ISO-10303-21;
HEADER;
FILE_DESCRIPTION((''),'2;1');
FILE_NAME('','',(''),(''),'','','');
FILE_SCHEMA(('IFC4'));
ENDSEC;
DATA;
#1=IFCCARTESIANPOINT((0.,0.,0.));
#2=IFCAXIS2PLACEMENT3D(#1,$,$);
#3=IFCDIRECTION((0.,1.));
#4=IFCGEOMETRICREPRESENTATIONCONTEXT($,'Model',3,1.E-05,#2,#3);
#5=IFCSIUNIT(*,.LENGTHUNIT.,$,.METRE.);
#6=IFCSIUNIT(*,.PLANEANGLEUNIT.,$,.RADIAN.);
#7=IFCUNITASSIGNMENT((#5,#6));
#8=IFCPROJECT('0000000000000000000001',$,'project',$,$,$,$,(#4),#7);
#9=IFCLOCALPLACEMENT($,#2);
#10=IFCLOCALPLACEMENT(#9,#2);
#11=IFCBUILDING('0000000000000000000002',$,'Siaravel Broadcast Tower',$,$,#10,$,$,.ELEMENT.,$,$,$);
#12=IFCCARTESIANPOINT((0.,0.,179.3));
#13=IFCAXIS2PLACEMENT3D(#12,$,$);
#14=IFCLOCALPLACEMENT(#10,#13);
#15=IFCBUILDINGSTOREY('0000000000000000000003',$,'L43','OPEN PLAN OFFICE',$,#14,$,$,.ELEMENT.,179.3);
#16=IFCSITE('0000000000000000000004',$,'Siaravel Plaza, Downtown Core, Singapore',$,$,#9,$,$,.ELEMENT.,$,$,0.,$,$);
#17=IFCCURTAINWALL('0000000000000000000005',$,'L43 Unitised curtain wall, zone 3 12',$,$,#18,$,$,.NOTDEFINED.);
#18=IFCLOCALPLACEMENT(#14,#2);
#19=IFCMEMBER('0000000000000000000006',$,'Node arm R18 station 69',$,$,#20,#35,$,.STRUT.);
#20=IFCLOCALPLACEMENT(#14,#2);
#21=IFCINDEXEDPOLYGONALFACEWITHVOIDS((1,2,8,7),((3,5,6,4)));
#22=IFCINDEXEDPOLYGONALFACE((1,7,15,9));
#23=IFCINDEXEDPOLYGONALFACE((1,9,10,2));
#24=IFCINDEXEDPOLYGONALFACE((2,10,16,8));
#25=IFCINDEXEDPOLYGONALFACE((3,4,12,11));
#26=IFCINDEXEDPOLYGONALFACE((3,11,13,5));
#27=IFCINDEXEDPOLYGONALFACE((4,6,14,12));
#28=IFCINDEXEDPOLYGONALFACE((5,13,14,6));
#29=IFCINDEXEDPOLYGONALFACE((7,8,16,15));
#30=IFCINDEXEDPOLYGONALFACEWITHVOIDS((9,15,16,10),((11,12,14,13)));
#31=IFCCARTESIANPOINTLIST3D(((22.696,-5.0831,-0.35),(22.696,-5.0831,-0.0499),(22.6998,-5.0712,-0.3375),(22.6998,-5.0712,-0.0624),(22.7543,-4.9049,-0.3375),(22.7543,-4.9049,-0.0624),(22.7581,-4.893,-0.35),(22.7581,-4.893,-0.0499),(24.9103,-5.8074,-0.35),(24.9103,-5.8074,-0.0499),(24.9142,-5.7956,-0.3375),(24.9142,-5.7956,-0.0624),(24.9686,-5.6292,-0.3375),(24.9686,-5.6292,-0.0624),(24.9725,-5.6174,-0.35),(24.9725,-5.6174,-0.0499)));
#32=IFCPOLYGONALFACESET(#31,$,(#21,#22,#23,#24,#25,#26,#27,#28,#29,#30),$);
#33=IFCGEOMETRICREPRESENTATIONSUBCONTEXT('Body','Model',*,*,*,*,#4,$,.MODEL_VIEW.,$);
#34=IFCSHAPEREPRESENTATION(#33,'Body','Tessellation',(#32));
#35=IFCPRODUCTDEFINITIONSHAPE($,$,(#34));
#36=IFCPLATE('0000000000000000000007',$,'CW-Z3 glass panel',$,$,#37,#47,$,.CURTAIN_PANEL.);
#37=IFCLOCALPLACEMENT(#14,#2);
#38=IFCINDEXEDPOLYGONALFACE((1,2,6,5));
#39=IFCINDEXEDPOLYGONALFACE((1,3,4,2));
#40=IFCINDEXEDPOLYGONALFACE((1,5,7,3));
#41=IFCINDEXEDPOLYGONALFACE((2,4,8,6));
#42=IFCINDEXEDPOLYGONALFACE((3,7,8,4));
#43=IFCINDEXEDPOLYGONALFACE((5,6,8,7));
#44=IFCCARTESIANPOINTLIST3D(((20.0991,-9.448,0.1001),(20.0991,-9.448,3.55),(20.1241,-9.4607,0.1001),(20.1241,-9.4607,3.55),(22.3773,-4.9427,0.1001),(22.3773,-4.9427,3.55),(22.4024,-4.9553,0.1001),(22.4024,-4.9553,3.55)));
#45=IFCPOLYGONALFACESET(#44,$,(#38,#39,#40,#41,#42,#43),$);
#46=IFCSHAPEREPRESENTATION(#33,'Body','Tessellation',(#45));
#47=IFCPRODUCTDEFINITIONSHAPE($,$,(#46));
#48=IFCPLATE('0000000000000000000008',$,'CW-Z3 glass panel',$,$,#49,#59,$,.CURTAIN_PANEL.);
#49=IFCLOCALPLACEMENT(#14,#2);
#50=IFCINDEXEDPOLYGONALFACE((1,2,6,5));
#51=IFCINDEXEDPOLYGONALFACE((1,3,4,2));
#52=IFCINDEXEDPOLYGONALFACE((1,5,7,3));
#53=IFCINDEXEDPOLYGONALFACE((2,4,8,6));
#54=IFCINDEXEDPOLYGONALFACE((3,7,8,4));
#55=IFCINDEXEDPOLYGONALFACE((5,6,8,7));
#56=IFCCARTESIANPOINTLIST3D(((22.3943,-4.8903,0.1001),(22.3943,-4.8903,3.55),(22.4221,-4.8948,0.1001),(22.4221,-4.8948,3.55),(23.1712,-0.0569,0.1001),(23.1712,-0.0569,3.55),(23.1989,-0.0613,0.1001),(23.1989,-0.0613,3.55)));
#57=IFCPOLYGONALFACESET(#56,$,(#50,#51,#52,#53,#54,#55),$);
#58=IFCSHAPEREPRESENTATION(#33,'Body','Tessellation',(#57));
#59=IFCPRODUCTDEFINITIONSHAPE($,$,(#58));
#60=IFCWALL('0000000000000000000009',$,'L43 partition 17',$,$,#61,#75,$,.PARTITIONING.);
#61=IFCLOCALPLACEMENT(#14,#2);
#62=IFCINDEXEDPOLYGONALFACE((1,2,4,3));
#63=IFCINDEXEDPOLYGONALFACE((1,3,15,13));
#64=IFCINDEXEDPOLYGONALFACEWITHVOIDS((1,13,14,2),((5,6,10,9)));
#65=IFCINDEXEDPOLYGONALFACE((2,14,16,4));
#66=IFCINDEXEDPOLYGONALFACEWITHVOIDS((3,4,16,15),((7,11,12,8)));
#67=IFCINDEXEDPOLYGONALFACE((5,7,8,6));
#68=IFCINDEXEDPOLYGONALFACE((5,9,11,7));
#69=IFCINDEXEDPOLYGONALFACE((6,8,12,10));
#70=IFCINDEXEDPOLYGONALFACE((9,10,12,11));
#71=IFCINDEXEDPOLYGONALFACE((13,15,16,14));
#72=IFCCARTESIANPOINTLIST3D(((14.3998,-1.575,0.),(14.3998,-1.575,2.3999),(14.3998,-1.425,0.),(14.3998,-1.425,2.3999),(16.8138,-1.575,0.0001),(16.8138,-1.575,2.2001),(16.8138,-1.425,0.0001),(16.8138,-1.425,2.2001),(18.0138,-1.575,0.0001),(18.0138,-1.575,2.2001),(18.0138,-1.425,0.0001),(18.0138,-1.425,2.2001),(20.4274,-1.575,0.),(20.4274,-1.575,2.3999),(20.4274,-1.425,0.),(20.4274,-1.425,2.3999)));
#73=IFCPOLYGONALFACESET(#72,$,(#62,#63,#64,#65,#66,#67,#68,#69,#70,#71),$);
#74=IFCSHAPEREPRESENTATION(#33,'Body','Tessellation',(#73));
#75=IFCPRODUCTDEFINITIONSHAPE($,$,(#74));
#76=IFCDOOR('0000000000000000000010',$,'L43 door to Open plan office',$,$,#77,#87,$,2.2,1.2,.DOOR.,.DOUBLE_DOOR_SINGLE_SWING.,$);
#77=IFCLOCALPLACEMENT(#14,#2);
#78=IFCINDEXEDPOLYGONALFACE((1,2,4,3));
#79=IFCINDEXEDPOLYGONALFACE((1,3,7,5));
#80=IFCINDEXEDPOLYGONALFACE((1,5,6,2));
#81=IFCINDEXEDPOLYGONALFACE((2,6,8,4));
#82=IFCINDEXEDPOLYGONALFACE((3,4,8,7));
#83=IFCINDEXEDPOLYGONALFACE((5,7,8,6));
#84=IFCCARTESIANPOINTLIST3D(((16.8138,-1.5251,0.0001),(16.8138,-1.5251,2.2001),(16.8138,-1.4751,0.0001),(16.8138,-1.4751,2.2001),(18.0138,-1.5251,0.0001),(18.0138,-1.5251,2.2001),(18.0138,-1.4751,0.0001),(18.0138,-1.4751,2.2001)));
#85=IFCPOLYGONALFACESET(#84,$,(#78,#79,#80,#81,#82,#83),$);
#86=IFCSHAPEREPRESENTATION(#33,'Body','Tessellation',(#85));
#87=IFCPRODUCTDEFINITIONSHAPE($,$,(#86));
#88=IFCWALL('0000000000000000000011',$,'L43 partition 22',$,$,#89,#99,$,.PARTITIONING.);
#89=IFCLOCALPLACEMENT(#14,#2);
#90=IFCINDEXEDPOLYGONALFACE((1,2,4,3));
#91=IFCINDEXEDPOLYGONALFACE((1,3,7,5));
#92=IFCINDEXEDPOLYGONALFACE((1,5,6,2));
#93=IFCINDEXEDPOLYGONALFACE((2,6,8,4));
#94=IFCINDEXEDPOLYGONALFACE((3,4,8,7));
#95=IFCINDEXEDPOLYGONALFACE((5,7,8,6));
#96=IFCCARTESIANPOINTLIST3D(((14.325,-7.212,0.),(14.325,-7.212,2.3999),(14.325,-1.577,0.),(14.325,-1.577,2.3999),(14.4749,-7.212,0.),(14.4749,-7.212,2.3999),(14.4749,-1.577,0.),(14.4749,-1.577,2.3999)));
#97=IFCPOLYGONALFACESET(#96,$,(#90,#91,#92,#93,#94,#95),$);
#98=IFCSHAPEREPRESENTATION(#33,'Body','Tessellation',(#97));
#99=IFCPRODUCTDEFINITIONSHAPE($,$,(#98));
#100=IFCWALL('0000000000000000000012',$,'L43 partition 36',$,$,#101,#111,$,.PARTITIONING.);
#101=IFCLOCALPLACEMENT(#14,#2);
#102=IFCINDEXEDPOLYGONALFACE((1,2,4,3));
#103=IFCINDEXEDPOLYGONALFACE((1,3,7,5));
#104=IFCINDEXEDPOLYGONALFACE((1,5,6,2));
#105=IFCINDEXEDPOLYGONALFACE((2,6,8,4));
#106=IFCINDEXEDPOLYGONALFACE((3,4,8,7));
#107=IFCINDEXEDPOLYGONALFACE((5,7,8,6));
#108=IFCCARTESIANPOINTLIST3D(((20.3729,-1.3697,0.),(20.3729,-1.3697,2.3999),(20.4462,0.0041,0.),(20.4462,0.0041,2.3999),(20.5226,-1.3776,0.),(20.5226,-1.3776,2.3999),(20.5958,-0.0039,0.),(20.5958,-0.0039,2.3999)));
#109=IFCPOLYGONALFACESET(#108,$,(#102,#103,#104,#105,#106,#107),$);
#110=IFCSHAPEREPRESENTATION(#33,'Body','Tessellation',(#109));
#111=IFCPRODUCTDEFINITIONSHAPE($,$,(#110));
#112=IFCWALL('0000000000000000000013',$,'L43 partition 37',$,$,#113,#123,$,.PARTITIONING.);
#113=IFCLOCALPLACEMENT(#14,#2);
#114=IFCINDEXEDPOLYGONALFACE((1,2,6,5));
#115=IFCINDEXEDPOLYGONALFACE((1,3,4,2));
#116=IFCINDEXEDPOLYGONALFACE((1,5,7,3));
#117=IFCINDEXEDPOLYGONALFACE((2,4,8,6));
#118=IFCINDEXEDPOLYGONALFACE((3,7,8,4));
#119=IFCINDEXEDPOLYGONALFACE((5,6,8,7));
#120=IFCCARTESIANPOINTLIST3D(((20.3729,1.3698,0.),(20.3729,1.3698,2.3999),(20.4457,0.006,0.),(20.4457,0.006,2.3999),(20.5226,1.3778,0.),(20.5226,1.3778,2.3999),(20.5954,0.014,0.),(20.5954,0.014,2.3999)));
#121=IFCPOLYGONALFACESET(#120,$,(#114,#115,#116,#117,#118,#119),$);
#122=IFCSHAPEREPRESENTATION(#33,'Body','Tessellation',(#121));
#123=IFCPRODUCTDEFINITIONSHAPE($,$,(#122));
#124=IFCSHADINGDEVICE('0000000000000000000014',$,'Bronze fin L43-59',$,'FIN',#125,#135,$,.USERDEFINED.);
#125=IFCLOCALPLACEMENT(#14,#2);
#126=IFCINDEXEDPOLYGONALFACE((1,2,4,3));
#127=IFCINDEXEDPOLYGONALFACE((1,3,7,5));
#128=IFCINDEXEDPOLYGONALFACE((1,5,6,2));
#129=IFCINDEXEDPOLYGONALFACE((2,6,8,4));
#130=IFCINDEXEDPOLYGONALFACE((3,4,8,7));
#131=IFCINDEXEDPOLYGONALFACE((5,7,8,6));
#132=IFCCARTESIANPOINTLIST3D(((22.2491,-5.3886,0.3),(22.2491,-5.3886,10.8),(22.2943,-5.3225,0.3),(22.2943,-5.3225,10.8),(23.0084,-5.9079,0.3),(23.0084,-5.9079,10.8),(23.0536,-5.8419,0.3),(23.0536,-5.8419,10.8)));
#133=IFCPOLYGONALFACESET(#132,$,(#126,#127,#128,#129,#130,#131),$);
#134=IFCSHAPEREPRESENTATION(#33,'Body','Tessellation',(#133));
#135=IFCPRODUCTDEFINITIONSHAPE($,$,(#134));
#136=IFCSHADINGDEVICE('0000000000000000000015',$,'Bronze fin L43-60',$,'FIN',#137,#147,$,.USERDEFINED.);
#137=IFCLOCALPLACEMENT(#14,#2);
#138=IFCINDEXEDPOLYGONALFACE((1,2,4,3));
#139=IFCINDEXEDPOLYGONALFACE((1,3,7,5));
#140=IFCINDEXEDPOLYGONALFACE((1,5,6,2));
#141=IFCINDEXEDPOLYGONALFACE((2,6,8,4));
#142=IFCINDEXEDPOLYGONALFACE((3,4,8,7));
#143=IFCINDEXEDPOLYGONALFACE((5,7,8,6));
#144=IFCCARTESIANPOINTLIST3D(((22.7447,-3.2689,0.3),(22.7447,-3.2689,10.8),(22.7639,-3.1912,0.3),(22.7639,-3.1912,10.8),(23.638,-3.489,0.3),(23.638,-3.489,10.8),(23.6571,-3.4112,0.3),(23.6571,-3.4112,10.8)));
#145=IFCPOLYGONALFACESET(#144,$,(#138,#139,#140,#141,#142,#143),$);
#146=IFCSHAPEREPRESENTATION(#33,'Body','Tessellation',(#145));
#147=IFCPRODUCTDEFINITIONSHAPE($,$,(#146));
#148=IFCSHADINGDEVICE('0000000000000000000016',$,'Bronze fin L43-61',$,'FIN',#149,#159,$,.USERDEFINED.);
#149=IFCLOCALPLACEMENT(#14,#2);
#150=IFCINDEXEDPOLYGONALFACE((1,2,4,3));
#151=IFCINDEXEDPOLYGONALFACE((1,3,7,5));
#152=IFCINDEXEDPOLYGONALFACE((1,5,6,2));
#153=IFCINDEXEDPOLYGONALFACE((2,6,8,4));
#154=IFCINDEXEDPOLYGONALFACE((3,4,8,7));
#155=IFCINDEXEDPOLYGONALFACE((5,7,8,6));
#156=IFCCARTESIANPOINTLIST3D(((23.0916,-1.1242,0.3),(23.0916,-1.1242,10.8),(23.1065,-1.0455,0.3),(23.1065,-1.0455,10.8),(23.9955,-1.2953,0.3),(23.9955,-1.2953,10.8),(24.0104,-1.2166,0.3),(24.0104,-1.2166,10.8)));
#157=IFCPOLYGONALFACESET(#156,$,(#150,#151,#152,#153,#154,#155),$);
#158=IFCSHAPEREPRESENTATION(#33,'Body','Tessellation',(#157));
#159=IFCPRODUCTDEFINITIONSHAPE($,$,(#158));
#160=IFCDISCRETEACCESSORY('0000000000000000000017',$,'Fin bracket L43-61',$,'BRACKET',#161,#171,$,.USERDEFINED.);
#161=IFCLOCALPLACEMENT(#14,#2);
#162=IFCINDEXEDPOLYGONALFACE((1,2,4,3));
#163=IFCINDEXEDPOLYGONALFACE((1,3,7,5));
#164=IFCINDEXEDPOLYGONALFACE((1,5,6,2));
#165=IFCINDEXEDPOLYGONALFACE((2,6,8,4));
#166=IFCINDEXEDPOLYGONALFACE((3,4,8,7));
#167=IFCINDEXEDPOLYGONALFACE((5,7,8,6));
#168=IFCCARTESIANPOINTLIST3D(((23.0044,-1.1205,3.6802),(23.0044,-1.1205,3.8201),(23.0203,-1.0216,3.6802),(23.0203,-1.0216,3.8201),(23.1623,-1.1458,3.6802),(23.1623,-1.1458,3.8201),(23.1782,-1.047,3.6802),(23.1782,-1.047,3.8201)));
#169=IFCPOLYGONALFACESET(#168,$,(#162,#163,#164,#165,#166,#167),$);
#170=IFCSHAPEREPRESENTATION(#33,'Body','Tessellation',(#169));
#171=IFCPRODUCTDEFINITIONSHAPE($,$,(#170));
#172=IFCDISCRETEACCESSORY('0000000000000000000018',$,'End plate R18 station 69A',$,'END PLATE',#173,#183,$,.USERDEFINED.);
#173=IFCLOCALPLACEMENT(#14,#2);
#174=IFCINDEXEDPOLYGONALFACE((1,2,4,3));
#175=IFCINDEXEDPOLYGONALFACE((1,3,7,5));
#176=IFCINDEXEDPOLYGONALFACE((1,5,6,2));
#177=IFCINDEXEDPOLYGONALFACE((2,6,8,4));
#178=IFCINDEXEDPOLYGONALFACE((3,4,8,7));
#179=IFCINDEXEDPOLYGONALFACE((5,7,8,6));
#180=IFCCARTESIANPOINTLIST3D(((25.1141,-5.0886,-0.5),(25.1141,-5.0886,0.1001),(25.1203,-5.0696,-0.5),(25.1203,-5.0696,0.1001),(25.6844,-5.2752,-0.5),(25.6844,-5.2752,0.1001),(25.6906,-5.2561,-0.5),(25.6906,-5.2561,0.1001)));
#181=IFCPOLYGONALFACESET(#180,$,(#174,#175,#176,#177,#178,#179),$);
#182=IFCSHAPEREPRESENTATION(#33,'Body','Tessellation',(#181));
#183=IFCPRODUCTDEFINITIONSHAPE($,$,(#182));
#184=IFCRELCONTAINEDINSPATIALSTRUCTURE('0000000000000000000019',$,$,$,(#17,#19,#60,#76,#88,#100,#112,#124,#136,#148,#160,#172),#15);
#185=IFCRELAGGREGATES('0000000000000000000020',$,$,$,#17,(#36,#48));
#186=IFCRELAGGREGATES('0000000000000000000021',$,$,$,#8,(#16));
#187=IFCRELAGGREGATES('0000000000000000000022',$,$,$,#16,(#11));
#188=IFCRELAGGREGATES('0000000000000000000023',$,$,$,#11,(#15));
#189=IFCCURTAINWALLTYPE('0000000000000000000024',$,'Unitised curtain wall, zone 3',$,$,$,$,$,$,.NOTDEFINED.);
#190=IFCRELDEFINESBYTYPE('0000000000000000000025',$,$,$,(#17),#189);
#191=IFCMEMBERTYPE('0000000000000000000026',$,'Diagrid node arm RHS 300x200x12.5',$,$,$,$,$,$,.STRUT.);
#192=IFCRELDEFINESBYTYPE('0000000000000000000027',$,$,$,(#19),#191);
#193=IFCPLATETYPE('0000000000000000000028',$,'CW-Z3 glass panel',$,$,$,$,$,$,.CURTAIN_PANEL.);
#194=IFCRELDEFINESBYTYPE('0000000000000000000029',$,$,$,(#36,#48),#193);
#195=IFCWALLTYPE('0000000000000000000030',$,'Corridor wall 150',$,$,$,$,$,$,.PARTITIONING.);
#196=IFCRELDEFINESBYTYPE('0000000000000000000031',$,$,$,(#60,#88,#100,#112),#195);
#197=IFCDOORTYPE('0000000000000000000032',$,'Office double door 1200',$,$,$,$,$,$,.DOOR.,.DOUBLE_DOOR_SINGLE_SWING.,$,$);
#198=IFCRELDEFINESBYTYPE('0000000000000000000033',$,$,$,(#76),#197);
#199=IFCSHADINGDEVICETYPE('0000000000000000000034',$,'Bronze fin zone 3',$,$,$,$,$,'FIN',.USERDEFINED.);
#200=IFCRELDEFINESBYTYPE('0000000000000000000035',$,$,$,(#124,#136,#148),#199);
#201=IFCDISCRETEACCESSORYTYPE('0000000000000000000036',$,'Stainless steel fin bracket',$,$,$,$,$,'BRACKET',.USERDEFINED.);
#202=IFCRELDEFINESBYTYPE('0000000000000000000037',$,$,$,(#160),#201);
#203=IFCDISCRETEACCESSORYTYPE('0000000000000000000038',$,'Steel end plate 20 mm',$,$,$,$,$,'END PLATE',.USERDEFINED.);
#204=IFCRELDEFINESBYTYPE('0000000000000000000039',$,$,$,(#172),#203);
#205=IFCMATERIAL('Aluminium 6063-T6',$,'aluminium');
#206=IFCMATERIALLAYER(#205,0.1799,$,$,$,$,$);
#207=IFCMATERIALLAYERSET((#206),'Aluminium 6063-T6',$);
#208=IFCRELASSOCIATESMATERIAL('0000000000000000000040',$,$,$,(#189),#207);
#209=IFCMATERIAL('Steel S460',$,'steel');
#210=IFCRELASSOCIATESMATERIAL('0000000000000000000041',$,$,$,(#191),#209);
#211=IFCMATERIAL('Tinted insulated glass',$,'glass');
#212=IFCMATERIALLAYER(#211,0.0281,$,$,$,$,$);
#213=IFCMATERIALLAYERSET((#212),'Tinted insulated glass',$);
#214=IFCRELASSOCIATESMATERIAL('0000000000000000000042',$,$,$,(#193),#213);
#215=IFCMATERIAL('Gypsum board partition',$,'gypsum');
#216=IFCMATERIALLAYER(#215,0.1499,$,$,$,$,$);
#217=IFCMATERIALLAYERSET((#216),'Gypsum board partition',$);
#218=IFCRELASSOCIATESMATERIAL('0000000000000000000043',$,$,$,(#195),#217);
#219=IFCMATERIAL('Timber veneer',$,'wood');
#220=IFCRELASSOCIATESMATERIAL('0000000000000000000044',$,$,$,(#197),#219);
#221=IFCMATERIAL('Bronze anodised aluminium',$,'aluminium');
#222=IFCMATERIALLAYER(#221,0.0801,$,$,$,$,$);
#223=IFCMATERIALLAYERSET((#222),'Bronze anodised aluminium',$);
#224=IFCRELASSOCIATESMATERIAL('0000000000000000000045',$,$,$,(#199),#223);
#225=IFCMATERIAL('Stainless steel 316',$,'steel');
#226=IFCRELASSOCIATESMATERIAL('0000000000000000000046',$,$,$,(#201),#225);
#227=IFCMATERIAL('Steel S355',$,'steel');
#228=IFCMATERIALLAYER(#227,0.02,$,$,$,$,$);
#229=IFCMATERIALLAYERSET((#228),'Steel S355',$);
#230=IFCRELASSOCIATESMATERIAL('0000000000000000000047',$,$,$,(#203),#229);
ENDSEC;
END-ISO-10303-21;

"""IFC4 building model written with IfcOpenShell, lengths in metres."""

from ifc_helpers import new_model, si_unit, direction, frame, frame_2d, origin, origin_2d, place, context, subcontext, project, spatial, rectangle, hollow_rectangle, extrude, material, layer, layer_set, material_profile, profile_set, type_object, element, fill, aggregate, save


model = new_model("IFC4")

# Units and contexts
model_context = context("Model", 3, precision=1e-05, world=origin(), true_north=direction((0.0, 1.0)))
body_context = subcontext(model_context, "Body", "Model", "MODEL_VIEW")
ifc_project = project(units=[si_unit("LENGTHUNIT", "METRE"), si_unit("PLANEANGLEUNIT", "RADIAN")], contexts=[model_context])

# Site, building, storey
site_placement = place(None, origin())
site = spatial("IfcSite", under=ifc_project, at=site_placement, Name="Siaravel Plaza, Downtown Core, Singapore", CompositionType="ELEMENT", RefElevation=0.0)
building_placement = place(site_placement, origin())
building = spatial("IfcBuilding", under=site, at=building_placement, Name="Siaravel Broadcast Tower", CompositionType="ELEMENT")
storey_placement = place(building_placement, frame((0.0, 0.0, 179.3)))
storey = spatial("IfcBuildingStorey", under=building, at=storey_placement, Name="L43", Description="OPEN PLAN OFFICE", CompositionType="ELEMENT", Elevation=179.3)

# Shared definitions
ifc_material_1 = material(Name="Steel S355", Category="steel")

# Shared definitions
ifc_material_2 = material(Name="Aluminium 6063-T6", Category="aluminium")
ifc_layer_1 = layer(ifc_material_2, 0.1799)
ifc_layer_set_1 = layer_set([ifc_layer_1], Name="Aluminium 6063-T6")
curtain_wall_type = type_object("IfcCurtainWallType", Name="Unitised curtain wall, zone 3", PredefinedType="NOTDEFINED", material=ifc_layer_set_1)

# Curtain wall
curtain_wall_1_placement = place(storey_placement, origin())
curtain_wall_1 = element("IfcCurtainWall", 1, at=curtain_wall_1_placement, inside=storey, type_object=curtain_wall_type, Name="L43 Unitised curtain wall, zone 3 12", PredefinedType="NOTDEFINED")

# Member
ifc_material_3 = material(Name="Steel S460", Category="steel")
ifc_material_profile_1 = material_profile(ifc_material_3, hollow_rectangle(XDim=0.2, YDim=0.3, WallThickness=0.0125, at=origin_2d()))
ifc_profile_set_1 = profile_set([ifc_material_profile_1], Name="Steel S460")
member_type_1 = type_object("IfcMemberType", Name="Diagrid node arm RHS 300x200x12.5", PredefinedType="STRUT", material=ifc_profile_set_1)
member_1_placement = place(storey_placement, frame((22.7271, -4.988, -0.2), z_axis=(0.950439, -0.31091, 0.0), x_axis=(0.31091, 0.950439, 0.0)))
element("IfcMember", 2, at=member_1_placement, inside=storey, type_object=member_type_1, Name="Node arm R18 station 69", PredefinedType="STRUT", context=body_context, shape_type="SweptSolid", body=[
    extrude(hollow_rectangle(XDim=0.2, YDim=0.3, WallThickness=0.0125, at=origin_2d()), origin(), (0.0, 0.0, 1.0), 2.3298),
])

# Plates
ifc_material_4 = material(Name="Tinted insulated glass", Category="glass")
ifc_layer_2 = layer(ifc_material_4, 0.0281)
ifc_layer_set_2 = layer_set([ifc_layer_2], Name="Tinted insulated glass")
plate_type = type_object("IfcPlateType", Name="CW-Z3 glass panel", PredefinedType="CURTAIN_PANEL", material=ifc_layer_set_2)
plate_1_placement = place(storey_placement, frame((21.2507, -7.2017, 0.1001), z_axis=(0.0, 0.0, 1.0), x_axis=(0.451261, 0.892392, 0.0)))
plate_1 = element("IfcPlate", 3, at=plate_1_placement, type_object=plate_type, Name="CW-Z3 glass panel", PredefinedType="CURTAIN_PANEL", context=body_context, shape_type="SweptSolid", body=[
    extrude(rectangle(XDim=5.0486, YDim=0.0281, at=origin_2d()), origin(), (0.0, 0.0, 1.0), 3.45),
])
plate_2_placement = place(storey_placement, frame((22.7966, -2.4758, 0.1001), z_axis=(0.0, 0.0, 1.0), x_axis=(0.158686, 0.987329, 0.0)))
plate_2 = element("IfcPlate", 4, at=plate_2_placement, type_object=plate_type, Name="CW-Z3 glass panel", PredefinedType="CURTAIN_PANEL", context=body_context, shape_type="SweptSolid", body=[
    extrude(rectangle(XDim=4.8955, YDim=0.0281, at=origin_2d()), origin(), (0.0, 0.0, 1.0), 3.45),
])
aggregate(curtain_wall_1, [plate_1, plate_2])

# Wall, opening, door
ifc_material_5 = material(Name="Gypsum board partition", Category="gypsum")
ifc_layer_3 = layer(ifc_material_5, 0.1499)
ifc_layer_set_3 = layer_set([ifc_layer_3], Name="Gypsum board partition")
wall_type = type_object("IfcWallType", Name="Corridor wall 150", PredefinedType="PARTITIONING", material=ifc_layer_set_3)
wall_1_placement = place(storey_placement, frame((14.3999, -1.5, 0.0), z_axis=(0.0, 0.0, 1.0), x_axis=(1.0, 0.0, 0.0)))
wall_1 = element("IfcWall", 5, at=wall_1_placement, inside=storey, type_object=wall_type, Name="L43 partition 17", PredefinedType="PARTITIONING", context=body_context, shape_type="SweptSolid", body=[
    extrude(rectangle(XDim=6.0276, YDim=0.1499, at=frame_2d((3.0137, 0.0))), origin(), (0.0, 0.0, 1.0), 2.3999),
])
opening_placement = place(wall_1_placement, frame((2.4138, 0.0, 0.0)))
opening = element("IfcOpeningElement", 6, at=opening_placement, cuts=wall_1, PredefinedType="OPENING", context=body_context, shape_type="SweptSolid", body=[
    extrude(rectangle(XDim=1.2, YDim=2.2, at=frame_2d((0.6001, 1.1001))), frame((0.0, 0.085, 0.0), z_axis=(0.0, -1.0, 0.0), x_axis=(1.0, 0.0, 0.0)), (0.0, 0.0, 1.0), 0.1699),
])
ifc_material_6 = material(Name="Timber veneer", Category="wood")
door_type = type_object("IfcDoorType", Name="Office double door 1200", OperationType="DOUBLE_DOOR_SINGLE_SWING", PredefinedType="DOOR", material=ifc_material_6)
door_placement = place(opening_placement, origin())
door = element("IfcDoor", 7, at=door_placement, inside=storey, type_object=door_type, Name="L43 door to Open plan office", OperationType="DOUBLE_DOOR_SINGLE_SWING", OverallHeight=2.2, OverallWidth=1.2, PredefinedType="DOOR", context=body_context, shape_type="SweptSolid", body=[
    extrude(rectangle(XDim=1.2, YDim=2.2, at=frame_2d((0.6001, 1.1001))), frame((0.0, 0.0249, 0.0), z_axis=(0.0, -1.0, 0.0), x_axis=(1.0, 0.0, 0.0)), (0.0, 0.0, 1.0), 0.05),
])
fill(opening, door)

# Walls
wall_2_placement = place(storey_placement, frame((14.3999, -7.2119, 0.0), z_axis=(0.0, 0.0, 1.0), x_axis=(0.0, 1.0, 0.0)))
element("IfcWall", 8, at=wall_2_placement, inside=storey, type_object=wall_type, Name="L43 partition 22", PredefinedType="PARTITIONING", context=body_context, shape_type="SweptSolid", body=[
    extrude(rectangle(XDim=5.635, YDim=0.1499, at=frame_2d((2.8174, 0.0))), origin(), (0.0, 0.0, 1.0), 2.3999),
])
wall_3_placement = place(storey_placement, frame((20.4478, -1.3738, 0.0), z_axis=(0.0, 0.0, 1.0), x_axis=(0.053239, 0.998582, 0.0)))
element("IfcWall", 9, at=wall_3_placement, inside=storey, type_object=wall_type, Name="L43 partition 36", PredefinedType="PARTITIONING", context=body_context, shape_type="SweptSolid", body=[
    extrude(rectangle(XDim=1.3757, YDim=0.1499, at=frame_2d((0.688, 0.0))), origin(), (0.0, 0.0, 1.0), 2.3999),
])
wall_4_placement = place(storey_placement, frame((20.5205, 0.01, 0.0), z_axis=(0.0, 0.0, 1.0), x_axis=(-0.053272, 0.99858, 0.0)))
element("IfcWall", 10, at=wall_4_placement, inside=storey, type_object=wall_type, Name="L43 partition 37", PredefinedType="PARTITIONING", context=body_context, shape_type="SweptSolid", body=[
    extrude(rectangle(XDim=1.3657, YDim=0.1499, at=frame_2d((0.6829, 0.0))), origin(), (0.0, 0.0, 1.0), 2.3999),
])

# Shading devices
ifc_material_7 = material(Name="Bronze anodised aluminium", Category="aluminium")
ifc_layer_4 = layer(ifc_material_7, 0.0801)
ifc_layer_set_4 = layer_set([ifc_layer_4], Name="Bronze anodised aluminium")
shading_device_type = type_object("IfcShadingDeviceType", Name="Bronze fin zone 3", ElementType="FIN", PredefinedType="USERDEFINED", material=ifc_layer_set_4)
for number, where, z_axis, x_axis, name in (
    (11, (22.6514, -5.6152, 0.3), (0.0, 0.0, 1.0), (0.825405, -0.564541, 0.0), "Bronze fin L43-59"),
    (12, (23.2009, -3.3401, 0.3), (0.0, 0.0, 1.0), (0.97097, -0.239203, 0.0), "Bronze fin L43-60"),
    (13, (23.551, -1.1704, 0.3), (0.0, 0.0, 1.0), (0.982554, -0.185975, 0.0), "Bronze fin L43-61"),
):
    element("IfcShadingDevice", number, at=place(storey_placement, frame(where, z_axis=z_axis, x_axis=x_axis)), inside=storey, type_object=shading_device_type, Name=name, ObjectType="FIN", PredefinedType="USERDEFINED", context=body_context, shape_type="SweptSolid", body=[
        extrude(rectangle(XDim=0.9199, YDim=0.0801, at=origin_2d()), origin(), (0.0, 0.0, 1.0), 10.5),
    ])

# Discrete accessories
ifc_material_8 = material(Name="Stainless steel 316", Category="steel")
discrete_accessory_type_1 = type_object("IfcDiscreteAccessoryType", Name="Stainless steel fin bracket", ElementType="BRACKET", PredefinedType="USERDEFINED", material=ifc_material_8)
discrete_accessory_placement = place(storey_placement, frame((23.0913, -1.0837, 3.6802), z_axis=(0.0, 0.0, 1.0), x_axis=(0.987329, -0.158685, 0.0)))
element("IfcDiscreteAccessory", 14, at=discrete_accessory_placement, inside=storey, type_object=discrete_accessory_type_1, Name="Fin bracket L43-61", ObjectType="BRACKET", PredefinedType="USERDEFINED", context=body_context, shape_type="SweptSolid", body=[
    extrude(rectangle(XDim=0.1599, YDim=0.1001, at=origin_2d()), origin(), (0.0, 0.0, 1.0), 0.1399),
])
ifc_layer_5 = layer(ifc_material_1, 0.02)
ifc_layer_set_5 = layer_set([ifc_layer_5], Name="Steel S355")
discrete_accessory_type_2 = type_object("IfcDiscreteAccessoryType", Name="Steel end plate 20 mm", ElementType="END PLATE", PredefinedType="USERDEFINED", material=ifc_layer_set_5)
for number, where, z_axis, x_axis, name in (
    (15, (25.4023, -5.1724, -0.5), (0.0, 0.0, 1.0), (0.31091, 0.950439, 0.0), "End plate R18 station 69A"),
):
    element("IfcDiscreteAccessory", number, at=place(storey_placement, frame(where, z_axis=z_axis, x_axis=x_axis)), inside=storey, type_object=discrete_accessory_type_2, Name=name, ObjectType="END PLATE", PredefinedType="USERDEFINED", context=body_context, shape_type="SweptSolid", body=[
        extrude(rectangle(XDim=0.02, YDim=0.6001, at=origin_2d()), origin(), (0.0, 0.0, 1.0), 0.6001),
    ])

save(model, "model.ifc")
